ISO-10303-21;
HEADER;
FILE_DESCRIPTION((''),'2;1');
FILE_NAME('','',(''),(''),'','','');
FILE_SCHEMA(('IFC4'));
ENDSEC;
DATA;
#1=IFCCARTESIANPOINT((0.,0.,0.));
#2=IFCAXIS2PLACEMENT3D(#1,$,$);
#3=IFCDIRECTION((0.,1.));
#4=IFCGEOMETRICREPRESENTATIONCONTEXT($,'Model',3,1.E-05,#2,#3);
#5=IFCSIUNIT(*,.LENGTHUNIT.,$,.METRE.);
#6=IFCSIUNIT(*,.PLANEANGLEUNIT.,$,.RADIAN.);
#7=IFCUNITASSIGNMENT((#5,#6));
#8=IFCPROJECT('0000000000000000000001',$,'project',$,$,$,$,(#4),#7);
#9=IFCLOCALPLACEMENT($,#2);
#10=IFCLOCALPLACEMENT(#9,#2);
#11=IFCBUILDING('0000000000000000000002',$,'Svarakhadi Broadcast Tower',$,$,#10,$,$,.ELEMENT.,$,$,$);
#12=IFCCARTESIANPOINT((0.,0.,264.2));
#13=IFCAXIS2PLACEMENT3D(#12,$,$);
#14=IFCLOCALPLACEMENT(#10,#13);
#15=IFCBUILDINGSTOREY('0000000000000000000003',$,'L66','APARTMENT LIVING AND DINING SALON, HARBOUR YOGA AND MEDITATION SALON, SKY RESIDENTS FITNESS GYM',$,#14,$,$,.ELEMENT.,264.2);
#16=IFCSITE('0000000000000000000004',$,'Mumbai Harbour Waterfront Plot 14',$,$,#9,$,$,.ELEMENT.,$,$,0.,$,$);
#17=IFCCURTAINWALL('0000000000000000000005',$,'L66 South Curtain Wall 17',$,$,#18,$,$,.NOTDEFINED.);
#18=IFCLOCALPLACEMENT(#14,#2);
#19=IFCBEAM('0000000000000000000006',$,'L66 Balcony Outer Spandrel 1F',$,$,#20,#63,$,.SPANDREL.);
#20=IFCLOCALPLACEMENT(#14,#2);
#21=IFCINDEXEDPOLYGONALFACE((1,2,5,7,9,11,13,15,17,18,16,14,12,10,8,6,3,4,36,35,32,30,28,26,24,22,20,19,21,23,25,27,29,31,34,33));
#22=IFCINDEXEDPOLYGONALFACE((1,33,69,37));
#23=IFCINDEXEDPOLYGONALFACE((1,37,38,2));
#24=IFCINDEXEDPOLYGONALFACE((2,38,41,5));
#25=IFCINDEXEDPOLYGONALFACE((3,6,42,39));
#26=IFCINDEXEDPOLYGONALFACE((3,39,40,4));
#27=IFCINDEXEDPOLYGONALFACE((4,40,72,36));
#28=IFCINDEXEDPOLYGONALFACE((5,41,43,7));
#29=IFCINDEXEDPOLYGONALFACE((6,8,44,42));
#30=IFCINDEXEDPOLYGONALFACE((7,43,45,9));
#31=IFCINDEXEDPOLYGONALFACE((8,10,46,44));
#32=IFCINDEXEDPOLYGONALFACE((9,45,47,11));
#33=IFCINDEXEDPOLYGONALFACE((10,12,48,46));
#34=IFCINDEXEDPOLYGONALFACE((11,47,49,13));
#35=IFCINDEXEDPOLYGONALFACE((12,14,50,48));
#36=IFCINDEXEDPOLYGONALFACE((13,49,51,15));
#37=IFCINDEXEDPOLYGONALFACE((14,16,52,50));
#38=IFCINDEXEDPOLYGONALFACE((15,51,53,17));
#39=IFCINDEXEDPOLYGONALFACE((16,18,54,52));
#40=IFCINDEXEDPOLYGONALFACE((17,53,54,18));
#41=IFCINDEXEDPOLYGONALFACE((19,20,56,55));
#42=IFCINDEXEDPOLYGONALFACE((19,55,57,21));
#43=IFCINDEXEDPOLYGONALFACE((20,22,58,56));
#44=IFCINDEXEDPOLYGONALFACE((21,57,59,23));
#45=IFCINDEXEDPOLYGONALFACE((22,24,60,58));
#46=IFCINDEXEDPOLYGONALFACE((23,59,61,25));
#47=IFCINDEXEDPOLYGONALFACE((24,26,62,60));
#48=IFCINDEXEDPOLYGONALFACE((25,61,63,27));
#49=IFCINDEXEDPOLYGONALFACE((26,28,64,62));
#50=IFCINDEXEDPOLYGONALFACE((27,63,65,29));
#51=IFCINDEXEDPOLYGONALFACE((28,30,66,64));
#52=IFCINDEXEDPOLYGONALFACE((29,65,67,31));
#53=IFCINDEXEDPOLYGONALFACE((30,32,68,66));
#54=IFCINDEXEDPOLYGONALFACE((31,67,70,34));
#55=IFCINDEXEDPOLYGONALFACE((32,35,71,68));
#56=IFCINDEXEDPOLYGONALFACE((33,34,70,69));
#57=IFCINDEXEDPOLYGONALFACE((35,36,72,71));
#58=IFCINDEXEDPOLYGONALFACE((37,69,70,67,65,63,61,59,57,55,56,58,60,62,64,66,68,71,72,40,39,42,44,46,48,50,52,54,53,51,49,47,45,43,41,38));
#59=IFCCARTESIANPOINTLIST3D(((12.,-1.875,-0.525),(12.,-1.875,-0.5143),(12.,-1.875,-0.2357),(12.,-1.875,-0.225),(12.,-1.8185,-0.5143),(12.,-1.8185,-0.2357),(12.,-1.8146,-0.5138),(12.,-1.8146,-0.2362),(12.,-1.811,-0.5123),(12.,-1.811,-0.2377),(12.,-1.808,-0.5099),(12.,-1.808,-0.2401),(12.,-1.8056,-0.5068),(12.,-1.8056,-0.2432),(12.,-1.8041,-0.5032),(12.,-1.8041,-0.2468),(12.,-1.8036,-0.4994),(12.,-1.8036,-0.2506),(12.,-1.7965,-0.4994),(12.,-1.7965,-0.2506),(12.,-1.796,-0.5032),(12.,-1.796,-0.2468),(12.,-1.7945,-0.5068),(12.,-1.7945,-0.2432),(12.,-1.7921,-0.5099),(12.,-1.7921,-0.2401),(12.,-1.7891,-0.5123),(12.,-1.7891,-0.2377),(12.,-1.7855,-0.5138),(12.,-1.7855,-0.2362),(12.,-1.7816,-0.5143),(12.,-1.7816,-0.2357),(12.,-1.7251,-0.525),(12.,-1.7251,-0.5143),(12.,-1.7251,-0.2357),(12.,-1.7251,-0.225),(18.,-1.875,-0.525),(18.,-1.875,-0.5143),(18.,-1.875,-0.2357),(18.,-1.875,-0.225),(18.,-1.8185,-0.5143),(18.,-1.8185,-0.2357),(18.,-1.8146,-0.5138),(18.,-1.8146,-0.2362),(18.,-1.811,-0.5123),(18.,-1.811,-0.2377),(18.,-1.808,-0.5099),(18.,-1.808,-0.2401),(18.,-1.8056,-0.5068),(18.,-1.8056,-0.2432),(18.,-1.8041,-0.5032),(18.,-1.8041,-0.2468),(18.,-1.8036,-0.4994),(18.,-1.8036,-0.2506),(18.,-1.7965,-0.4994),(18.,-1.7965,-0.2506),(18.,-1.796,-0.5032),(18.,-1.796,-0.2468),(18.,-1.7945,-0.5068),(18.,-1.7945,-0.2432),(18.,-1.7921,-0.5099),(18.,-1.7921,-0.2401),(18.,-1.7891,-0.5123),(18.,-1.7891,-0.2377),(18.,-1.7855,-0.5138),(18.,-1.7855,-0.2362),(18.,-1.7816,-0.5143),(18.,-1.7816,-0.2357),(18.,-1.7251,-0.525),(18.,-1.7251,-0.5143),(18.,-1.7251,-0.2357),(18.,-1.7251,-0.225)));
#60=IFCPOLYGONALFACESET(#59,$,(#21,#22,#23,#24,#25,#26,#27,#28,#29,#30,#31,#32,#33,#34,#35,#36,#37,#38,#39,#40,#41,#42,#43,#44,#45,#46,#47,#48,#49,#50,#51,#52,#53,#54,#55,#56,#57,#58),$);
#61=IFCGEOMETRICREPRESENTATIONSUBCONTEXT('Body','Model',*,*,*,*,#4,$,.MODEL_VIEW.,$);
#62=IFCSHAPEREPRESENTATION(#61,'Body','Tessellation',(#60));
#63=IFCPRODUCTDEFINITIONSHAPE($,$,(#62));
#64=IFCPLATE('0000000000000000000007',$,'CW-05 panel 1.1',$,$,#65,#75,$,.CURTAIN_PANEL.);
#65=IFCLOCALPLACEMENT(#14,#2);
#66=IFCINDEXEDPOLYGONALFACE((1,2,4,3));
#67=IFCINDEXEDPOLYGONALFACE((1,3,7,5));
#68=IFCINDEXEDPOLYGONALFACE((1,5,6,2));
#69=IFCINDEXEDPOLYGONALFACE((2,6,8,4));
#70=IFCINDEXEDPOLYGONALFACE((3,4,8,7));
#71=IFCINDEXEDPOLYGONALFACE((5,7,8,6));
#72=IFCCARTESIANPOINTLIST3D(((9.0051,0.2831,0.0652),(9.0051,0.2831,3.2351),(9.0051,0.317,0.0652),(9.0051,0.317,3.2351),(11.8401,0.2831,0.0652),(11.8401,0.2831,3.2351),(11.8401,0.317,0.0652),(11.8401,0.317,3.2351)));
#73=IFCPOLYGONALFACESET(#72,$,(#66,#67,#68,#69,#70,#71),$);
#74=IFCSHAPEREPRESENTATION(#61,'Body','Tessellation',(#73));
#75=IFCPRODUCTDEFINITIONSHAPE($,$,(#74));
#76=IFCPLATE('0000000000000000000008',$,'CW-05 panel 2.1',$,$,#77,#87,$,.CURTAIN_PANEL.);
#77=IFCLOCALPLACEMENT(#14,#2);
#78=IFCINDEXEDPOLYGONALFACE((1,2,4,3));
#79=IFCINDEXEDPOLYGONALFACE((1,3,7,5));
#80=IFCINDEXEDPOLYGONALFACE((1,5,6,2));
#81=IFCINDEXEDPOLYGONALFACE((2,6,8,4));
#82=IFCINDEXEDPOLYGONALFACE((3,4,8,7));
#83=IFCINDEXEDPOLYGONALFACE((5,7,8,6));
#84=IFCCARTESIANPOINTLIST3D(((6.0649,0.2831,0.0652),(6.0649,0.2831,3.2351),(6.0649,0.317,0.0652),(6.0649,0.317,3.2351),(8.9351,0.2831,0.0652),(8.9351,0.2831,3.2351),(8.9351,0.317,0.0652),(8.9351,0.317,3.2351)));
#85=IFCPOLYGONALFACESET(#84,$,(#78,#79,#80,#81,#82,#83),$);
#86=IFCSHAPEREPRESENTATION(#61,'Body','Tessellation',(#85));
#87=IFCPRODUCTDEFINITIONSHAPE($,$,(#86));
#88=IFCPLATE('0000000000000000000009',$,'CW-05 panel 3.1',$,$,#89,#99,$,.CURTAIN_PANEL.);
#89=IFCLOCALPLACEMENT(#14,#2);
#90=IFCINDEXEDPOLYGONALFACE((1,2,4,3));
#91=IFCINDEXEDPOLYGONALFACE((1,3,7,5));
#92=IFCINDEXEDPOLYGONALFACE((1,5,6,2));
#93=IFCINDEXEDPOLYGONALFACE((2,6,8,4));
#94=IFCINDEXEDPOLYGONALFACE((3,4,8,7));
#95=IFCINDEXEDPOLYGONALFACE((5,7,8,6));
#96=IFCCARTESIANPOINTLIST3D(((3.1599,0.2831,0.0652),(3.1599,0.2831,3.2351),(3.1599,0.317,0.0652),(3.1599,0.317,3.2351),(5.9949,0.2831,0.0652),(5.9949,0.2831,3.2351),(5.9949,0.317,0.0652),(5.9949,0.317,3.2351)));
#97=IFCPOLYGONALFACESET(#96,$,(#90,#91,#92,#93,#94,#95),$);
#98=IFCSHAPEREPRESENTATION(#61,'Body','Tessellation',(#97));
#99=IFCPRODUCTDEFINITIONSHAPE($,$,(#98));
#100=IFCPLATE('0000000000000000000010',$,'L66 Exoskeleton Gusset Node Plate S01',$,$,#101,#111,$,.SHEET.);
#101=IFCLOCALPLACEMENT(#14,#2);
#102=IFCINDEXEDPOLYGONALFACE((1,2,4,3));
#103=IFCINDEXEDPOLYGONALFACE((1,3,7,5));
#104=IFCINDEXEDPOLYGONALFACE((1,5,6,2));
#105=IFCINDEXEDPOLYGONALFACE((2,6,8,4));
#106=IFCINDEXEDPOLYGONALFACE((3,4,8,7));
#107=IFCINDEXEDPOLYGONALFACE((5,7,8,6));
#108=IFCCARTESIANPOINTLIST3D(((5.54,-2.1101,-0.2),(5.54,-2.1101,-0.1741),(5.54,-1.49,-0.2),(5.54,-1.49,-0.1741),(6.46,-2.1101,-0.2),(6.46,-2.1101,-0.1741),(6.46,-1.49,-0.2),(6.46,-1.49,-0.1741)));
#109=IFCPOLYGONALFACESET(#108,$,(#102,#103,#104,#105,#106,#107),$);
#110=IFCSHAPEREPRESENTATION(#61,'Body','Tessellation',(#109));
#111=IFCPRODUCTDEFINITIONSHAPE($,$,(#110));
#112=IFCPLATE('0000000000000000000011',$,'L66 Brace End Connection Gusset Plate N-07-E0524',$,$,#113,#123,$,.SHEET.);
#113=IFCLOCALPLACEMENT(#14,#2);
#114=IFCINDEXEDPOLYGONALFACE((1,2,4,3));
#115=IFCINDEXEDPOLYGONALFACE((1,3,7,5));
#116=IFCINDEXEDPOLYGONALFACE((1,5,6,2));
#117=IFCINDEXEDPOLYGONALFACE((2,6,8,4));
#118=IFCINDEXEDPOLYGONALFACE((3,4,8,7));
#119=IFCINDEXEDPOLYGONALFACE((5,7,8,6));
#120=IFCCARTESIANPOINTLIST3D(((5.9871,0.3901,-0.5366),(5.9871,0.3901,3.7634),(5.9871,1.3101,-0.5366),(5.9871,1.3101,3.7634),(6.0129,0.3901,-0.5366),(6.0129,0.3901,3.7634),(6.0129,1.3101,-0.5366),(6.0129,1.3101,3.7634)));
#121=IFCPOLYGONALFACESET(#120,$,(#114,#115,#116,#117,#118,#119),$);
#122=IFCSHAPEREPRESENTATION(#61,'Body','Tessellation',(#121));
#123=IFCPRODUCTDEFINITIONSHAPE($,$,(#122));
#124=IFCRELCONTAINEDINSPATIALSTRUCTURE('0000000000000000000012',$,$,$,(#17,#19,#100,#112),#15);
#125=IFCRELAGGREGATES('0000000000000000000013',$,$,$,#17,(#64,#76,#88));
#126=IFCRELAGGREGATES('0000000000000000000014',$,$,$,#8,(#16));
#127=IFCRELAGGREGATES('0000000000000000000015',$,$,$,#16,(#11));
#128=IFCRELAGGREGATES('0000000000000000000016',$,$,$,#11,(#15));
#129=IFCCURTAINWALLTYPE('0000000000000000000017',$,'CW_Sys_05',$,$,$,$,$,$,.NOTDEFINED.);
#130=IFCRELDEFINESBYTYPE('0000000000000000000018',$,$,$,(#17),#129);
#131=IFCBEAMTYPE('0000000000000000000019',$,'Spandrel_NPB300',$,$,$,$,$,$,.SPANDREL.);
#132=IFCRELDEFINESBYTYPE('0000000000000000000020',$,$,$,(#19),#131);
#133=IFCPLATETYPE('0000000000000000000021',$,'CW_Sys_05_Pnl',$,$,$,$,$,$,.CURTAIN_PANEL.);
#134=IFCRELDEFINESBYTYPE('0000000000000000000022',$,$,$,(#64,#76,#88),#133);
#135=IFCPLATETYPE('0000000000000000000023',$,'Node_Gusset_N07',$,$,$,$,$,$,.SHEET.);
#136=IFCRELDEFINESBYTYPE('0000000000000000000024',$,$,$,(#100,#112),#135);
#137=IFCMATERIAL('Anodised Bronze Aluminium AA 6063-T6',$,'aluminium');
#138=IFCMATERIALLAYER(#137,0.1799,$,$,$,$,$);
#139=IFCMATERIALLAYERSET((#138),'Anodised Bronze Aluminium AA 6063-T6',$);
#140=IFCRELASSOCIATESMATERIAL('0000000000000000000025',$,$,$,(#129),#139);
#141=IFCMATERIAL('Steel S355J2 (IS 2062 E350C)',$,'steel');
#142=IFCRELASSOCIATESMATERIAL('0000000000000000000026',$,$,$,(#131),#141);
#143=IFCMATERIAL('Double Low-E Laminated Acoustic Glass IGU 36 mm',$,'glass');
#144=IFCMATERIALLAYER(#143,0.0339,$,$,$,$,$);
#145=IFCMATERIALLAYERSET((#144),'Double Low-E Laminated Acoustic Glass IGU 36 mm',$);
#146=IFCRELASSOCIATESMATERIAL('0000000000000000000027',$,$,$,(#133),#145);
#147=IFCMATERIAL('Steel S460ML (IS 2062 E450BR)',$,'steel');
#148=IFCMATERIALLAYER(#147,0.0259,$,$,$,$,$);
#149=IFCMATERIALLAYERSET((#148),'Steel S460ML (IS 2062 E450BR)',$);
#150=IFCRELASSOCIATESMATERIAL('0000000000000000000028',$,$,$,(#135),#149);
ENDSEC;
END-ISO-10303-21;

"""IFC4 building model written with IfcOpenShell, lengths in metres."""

from ifc_helpers import new_model, si_unit, direction, frame, origin, origin_2d, place, context, subcontext, project, spatial, rectangle, i_section, extrude, material, layer, layer_set, material_profile, profile_set, type_object, element, aggregate, save


model = new_model("IFC4")

# Units and contexts
model_context = context("Model", 3, precision=1e-05, world=origin(), true_north=direction((0.0, 1.0)))
body_context = subcontext(model_context, "Body", "Model", "MODEL_VIEW")
ifc_project = project(units=[si_unit("LENGTHUNIT", "METRE"), si_unit("PLANEANGLEUNIT", "RADIAN")], contexts=[model_context])

# Site, building, storey
site_placement = place(None, origin())
site = spatial("IfcSite", under=ifc_project, at=site_placement, Name="Mumbai Harbour Waterfront Plot 14", CompositionType="ELEMENT", RefElevation=0.0)
building_placement = place(site_placement, origin())
building = spatial("IfcBuilding", under=site, at=building_placement, Name="Svarakhadi Broadcast Tower", CompositionType="ELEMENT")
storey_placement = place(building_placement, frame((0.0, 0.0, 264.2)))
storey = spatial("IfcBuildingStorey", under=building, at=storey_placement, Name="L66", Description="APARTMENT LIVING AND DINING SALON, HARBOUR YOGA AND MEDITATION SALON, SKY RESIDENTS FITNESS GYM", CompositionType="ELEMENT", Elevation=264.2)

# Shared definitions
ifc_material_1 = material(Name="Steel S460ML (IS 2062 E450BR)", Category="steel")

# Curtain wall
ifc_material_2 = material(Name="Anodised Bronze Aluminium AA 6063-T6", Category="aluminium")
ifc_layer_1 = layer(ifc_material_2, 0.1799)
ifc_layer_set_1 = layer_set([ifc_layer_1], Name="Anodised Bronze Aluminium AA 6063-T6")
curtain_wall_type = type_object("IfcCurtainWallType", Name="CW_Sys_05", PredefinedType="NOTDEFINED", material=ifc_layer_set_1)
curtain_wall_placement = place(storey_placement, origin())
curtain_wall = element("IfcCurtainWall", 1, at=curtain_wall_placement, inside=storey, type_object=curtain_wall_type, Name="L66 South Curtain Wall 17", PredefinedType="NOTDEFINED")

# Beam
ifc_material_3 = material(Name="Steel S355J2 (IS 2062 E350C)", Category="steel")
ifc_material_profile_1 = material_profile(ifc_material_3, i_section(OverallWidth=0.1499, OverallDepth=0.3, WebThickness=0.0071, FlangeThickness=0.0107, FilletRadius=0.0149, at=origin_2d()), Name="NPB 300x150x37")
ifc_profile_set_1 = profile_set([ifc_material_profile_1], Name="Steel S355J2 (IS 2062 E350C)")
beam_type_1 = type_object("IfcBeamType", Name="Spandrel_NPB300", PredefinedType="SPANDREL", material=ifc_profile_set_1)
beam_placement = place(storey_placement, frame((12.0, -1.8, -0.375), z_axis=(1.0, 0.0, 0.0), x_axis=(0.0, 1.0, 0.0)))
element("IfcBeam", 2, at=beam_placement, inside=storey, type_object=beam_type_1, Name="L66 Balcony Outer Spandrel 1F", PredefinedType="SPANDREL", context=body_context, shape_type="SweptSolid", body=[
    extrude(i_section(OverallWidth=0.1499, OverallDepth=0.3, WebThickness=0.0071, FlangeThickness=0.0107, FilletRadius=0.0149, at=origin_2d()), origin(), (0.0, 0.0, 1.0), 6.0),
])

# Plates
ifc_material_4 = material(Name="Double Low-E Laminated Acoustic Glass IGU 36 mm", Category="glass")
ifc_layer_2 = layer(ifc_material_4, 0.0339)
ifc_layer_set_2 = layer_set([ifc_layer_2], Name="Double Low-E Laminated Acoustic Glass IGU 36 mm")
plate_type_1 = type_object("IfcPlateType", Name="CW_Sys_05_Pnl", PredefinedType="CURTAIN_PANEL", material=ifc_layer_set_2)
plate_1_placement = place(storey_placement, frame((10.4226, 0.3, 0.0652), z_axis=(0.0, 0.0, 1.0), x_axis=(-1.0, 0.0, 0.0)))
plate_1 = element("IfcPlate", 3, at=plate_1_placement, type_object=plate_type_1, Name="CW-05 panel 1.1", PredefinedType="CURTAIN_PANEL", context=body_context, shape_type="SweptSolid", body=[
    extrude(rectangle(XDim=2.835, YDim=0.0339, at=origin_2d()), origin(), (0.0, 0.0, 1.0), 3.1699),
])
plate_2_placement = place(storey_placement, frame((7.5, 0.3, 0.0652), z_axis=(0.0, 0.0, 1.0), x_axis=(-1.0, 0.0, 0.0)))
plate_2 = element("IfcPlate", 4, at=plate_2_placement, type_object=plate_type_1, Name="CW-05 panel 2.1", PredefinedType="CURTAIN_PANEL", context=body_context, shape_type="SweptSolid", body=[
    extrude(rectangle(XDim=2.8701, YDim=0.0339, at=origin_2d()), origin(), (0.0, 0.0, 1.0), 3.1699),
])
plate_3_placement = place(storey_placement, frame((4.5774, 0.3, 0.0652), z_axis=(0.0, 0.0, 1.0), x_axis=(-1.0, 0.0, 0.0)))
plate_3 = element("IfcPlate", 5, at=plate_3_placement, type_object=plate_type_1, Name="CW-05 panel 3.1", PredefinedType="CURTAIN_PANEL", context=body_context, shape_type="SweptSolid", body=[
    extrude(rectangle(XDim=2.835, YDim=0.0339, at=origin_2d()), origin(), (0.0, 0.0, 1.0), 3.1699),
])
aggregate(curtain_wall, [plate_1, plate_2, plate_3])

# Plates
ifc_layer_3 = layer(ifc_material_1, 0.0259)
ifc_layer_set_3 = layer_set([ifc_layer_3], Name="Steel S460ML (IS 2062 E450BR)")
plate_type_2 = type_object("IfcPlateType", Name="Node_Gusset_N07", PredefinedType="SHEET", material=ifc_layer_set_3)
plate_4_placement = place(storey_placement, frame((6.0, -1.8, -0.2), z_axis=(0.0, 0.0, 1.0), x_axis=(1.0, 0.0, 0.0)))
element("IfcPlate", 6, at=plate_4_placement, inside=storey, type_object=plate_type_2, Name="L66 Exoskeleton Gusset Node Plate S01", PredefinedType="SHEET", context=body_context, shape_type="SweptSolid", body=[
    extrude(rectangle(XDim=0.9199, YDim=0.6201, at=origin_2d()), origin(), (0.0, 0.0, 1.0), 0.0259),
])
plate_5_placement = place(storey_placement, frame((6.0, 0.8501, -0.5366), z_axis=(0.0, 0.0, 1.0), x_axis=(0.0, 1.0, 0.0)))
element("IfcPlate", 7, at=plate_5_placement, inside=storey, type_object=plate_type_2, Name="L66 Brace End Connection Gusset Plate N-07-E0524", PredefinedType="SHEET", context=body_context, shape_type="SweptSolid", body=[
    extrude(rectangle(XDim=0.9199, YDim=0.0259, at=origin_2d()), origin(), (0.0, 0.0, 1.0), 4.3),
])

save(model, "model.ifc")
